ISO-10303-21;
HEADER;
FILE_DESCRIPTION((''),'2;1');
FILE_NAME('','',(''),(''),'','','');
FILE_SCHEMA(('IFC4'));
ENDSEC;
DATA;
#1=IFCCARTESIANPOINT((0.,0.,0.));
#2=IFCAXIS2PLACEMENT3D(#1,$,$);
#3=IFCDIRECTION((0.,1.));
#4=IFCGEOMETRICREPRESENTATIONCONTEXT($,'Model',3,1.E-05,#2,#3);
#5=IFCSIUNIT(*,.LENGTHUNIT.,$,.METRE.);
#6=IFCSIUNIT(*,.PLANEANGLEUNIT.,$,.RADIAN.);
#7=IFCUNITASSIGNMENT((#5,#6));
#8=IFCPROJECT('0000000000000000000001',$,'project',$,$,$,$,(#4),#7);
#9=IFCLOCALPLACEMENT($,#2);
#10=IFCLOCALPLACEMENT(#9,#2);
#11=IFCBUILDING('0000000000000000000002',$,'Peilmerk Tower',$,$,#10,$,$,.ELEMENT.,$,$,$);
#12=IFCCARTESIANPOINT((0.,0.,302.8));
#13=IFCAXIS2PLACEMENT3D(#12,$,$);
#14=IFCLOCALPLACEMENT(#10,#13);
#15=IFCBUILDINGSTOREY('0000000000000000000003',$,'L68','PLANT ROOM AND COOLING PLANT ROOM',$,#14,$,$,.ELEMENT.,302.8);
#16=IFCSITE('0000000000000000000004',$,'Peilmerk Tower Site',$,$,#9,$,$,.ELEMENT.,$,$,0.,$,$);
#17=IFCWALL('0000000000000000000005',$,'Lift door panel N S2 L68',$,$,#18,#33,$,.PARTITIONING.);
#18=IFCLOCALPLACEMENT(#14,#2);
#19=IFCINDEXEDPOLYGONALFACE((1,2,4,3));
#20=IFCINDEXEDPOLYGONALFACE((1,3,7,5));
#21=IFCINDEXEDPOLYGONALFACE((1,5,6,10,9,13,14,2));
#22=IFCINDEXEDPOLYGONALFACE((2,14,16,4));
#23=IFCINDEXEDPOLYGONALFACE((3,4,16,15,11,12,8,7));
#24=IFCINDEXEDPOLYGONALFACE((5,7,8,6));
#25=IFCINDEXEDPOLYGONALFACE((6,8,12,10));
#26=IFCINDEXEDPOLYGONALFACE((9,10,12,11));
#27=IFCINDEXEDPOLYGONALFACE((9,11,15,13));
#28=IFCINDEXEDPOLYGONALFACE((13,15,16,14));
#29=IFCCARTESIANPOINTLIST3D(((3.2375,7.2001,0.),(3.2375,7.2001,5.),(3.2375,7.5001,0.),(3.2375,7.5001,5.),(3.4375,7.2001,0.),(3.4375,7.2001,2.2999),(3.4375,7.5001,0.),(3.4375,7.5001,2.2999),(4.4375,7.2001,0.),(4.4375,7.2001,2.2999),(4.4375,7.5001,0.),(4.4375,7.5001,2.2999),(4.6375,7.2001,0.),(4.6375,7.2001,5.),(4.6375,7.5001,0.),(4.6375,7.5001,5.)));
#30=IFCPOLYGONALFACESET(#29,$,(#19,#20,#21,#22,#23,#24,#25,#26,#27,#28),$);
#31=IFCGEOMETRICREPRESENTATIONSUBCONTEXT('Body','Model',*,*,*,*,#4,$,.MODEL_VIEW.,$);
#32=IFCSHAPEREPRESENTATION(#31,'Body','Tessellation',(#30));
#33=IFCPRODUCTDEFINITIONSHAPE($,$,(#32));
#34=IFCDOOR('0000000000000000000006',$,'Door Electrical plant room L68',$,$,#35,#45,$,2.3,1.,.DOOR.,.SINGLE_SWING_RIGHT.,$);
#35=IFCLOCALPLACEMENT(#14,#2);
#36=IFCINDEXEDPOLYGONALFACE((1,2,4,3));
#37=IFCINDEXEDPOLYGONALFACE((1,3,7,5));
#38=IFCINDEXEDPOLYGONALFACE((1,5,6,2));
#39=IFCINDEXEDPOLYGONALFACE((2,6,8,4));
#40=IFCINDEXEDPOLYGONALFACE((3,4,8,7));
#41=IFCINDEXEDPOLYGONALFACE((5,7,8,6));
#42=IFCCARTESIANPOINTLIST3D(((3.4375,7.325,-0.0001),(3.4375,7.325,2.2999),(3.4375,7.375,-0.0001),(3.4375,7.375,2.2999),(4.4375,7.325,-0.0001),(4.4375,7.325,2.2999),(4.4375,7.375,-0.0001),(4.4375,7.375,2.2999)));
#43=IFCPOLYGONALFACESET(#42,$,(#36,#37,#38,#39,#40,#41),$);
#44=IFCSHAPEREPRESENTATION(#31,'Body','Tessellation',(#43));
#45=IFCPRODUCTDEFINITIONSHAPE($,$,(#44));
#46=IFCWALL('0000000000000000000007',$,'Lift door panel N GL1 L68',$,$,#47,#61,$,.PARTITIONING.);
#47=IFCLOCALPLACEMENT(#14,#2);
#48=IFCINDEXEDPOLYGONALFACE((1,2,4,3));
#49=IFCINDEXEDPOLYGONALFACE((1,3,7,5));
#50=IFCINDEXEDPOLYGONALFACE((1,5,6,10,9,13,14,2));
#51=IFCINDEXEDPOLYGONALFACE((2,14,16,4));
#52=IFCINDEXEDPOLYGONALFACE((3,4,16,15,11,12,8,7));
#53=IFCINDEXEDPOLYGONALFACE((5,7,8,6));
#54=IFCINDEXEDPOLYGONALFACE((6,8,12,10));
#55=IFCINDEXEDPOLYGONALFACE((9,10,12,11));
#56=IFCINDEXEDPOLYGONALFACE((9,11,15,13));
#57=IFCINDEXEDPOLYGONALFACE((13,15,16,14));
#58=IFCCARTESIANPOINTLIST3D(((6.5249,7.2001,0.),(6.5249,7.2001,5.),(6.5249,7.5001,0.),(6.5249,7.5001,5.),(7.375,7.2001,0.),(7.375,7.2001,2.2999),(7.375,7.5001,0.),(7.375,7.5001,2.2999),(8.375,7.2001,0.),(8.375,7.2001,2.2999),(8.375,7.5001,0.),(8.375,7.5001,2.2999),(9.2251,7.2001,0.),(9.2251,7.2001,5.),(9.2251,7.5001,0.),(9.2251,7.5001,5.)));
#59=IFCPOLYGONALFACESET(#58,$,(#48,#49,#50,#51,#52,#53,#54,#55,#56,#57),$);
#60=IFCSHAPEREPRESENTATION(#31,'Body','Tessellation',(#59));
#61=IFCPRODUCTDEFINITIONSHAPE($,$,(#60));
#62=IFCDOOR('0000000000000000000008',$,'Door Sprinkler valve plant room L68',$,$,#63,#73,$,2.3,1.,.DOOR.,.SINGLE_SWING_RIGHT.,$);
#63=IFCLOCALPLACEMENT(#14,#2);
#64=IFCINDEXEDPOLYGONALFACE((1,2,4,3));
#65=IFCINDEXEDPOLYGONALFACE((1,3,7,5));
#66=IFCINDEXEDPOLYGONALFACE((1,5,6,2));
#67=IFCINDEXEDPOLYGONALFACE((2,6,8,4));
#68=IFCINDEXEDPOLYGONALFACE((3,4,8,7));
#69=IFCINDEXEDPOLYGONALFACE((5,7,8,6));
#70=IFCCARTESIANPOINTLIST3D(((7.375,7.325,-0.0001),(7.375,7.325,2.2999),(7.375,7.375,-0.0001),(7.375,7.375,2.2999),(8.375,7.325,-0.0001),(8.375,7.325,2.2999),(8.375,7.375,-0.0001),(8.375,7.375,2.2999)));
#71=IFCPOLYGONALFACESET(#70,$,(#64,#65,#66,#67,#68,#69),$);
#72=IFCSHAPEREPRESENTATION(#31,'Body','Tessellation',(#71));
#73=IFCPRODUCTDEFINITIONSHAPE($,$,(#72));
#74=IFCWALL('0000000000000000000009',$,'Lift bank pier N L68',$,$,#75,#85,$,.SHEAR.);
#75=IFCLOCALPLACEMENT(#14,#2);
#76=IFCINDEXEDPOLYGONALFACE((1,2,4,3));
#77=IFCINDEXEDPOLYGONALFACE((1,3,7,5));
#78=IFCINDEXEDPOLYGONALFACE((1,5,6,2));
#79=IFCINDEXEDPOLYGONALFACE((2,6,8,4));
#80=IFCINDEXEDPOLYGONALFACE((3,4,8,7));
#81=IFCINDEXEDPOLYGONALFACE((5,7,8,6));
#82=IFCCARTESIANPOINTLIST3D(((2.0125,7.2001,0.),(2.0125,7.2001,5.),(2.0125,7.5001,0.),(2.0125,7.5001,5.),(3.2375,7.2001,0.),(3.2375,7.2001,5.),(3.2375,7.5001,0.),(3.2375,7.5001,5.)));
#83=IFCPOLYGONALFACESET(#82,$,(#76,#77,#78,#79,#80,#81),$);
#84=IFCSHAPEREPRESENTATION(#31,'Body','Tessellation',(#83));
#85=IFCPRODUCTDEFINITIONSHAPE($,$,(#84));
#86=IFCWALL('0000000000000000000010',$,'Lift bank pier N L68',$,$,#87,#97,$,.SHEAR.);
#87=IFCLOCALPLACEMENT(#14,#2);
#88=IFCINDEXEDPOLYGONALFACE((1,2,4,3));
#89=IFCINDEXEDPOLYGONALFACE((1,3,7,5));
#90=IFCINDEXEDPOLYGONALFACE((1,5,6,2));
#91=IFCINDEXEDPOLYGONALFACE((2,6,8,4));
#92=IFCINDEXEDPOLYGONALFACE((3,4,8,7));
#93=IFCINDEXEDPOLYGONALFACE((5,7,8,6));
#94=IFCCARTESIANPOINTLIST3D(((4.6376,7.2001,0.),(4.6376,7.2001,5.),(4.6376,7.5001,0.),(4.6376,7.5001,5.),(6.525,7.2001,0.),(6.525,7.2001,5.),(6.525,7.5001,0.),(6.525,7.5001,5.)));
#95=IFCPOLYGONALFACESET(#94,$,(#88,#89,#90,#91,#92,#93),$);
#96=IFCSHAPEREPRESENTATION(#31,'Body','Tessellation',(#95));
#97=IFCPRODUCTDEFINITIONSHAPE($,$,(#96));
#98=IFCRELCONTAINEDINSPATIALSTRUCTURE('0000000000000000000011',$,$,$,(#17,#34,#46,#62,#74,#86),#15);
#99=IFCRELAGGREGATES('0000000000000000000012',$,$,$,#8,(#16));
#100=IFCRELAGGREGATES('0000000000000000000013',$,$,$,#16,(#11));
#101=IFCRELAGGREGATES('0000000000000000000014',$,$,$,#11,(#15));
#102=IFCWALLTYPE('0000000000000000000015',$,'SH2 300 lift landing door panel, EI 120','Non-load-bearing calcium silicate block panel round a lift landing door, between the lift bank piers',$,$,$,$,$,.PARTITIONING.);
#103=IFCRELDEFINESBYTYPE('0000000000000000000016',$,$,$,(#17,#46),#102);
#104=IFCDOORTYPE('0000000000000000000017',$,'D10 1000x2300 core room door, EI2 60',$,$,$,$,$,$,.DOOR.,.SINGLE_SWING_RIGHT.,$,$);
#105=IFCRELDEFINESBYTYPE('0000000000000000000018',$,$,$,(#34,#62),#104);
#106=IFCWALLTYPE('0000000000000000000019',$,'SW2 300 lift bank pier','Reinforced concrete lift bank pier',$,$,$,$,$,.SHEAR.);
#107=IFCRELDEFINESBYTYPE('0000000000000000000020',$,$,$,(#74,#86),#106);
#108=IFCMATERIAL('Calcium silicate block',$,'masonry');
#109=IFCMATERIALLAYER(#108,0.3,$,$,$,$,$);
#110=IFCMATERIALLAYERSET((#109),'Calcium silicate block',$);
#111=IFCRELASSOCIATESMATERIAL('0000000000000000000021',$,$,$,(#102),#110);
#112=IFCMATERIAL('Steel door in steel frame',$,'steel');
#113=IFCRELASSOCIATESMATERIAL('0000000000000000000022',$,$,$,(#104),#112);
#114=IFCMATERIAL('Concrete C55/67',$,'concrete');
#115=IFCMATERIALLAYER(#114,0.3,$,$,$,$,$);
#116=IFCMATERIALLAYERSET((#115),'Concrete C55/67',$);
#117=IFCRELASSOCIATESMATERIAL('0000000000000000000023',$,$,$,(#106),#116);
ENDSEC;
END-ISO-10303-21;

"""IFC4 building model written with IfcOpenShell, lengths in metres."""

from ifc_helpers import new_model, si_unit, direction, frame, frame_2d, origin, place, context, subcontext, project, spatial, rectangle, extrude, material, layer, layer_set, type_object, element, fill, save


model = new_model("IFC4")

# Units and contexts
model_context = context("Model", 3, precision=1e-05, world=origin(), true_north=direction((0.0, 1.0)))
body_context = subcontext(model_context, "Body", "Model", "MODEL_VIEW")
ifc_project = project(units=[si_unit("LENGTHUNIT", "METRE"), si_unit("PLANEANGLEUNIT", "RADIAN")], contexts=[model_context])

# Site, building, storey
site_placement = place(None, origin())
site = spatial("IfcSite", under=ifc_project, at=site_placement, Name="Peilmerk Tower Site", CompositionType="ELEMENT", RefElevation=0.0)
building_placement = place(site_placement, origin())
building = spatial("IfcBuilding", under=site, at=building_placement, Name="Peilmerk Tower", CompositionType="ELEMENT")
storey_placement = place(building_placement, frame((0.0, 0.0, 302.8)))
storey = spatial("IfcBuildingStorey", under=building, at=storey_placement, Name="L68", Description="PLANT ROOM AND COOLING PLANT ROOM", CompositionType="ELEMENT", Elevation=302.8)

# Shared definitions
ifc_material_1 = material(Name="Steel door in steel frame", Category="steel")

# Shared definitions
ifc_material_2 = material(Name="Calcium silicate block", Category="masonry")
ifc_layer_1 = layer(ifc_material_2, 0.3)
ifc_layer_set_1 = layer_set([ifc_layer_1], Name="Calcium silicate block")
wall_type_1 = type_object("IfcWallType", Name="SH2 300 lift landing door panel, EI 120", Description="Non-load-bearing calcium silicate block panel round a lift landing door, between the lift bank piers", PredefinedType="PARTITIONING", material=ifc_layer_set_1)

# Walls, openings, doors
wall_1_placement = place(storey_placement, frame((3.2375, 7.3501, 0.0), z_axis=(0.0, 0.0, 1.0), x_axis=(1.0, 0.0, 0.0)))
wall_1 = element("IfcWall", 1, at=wall_1_placement, inside=storey, type_object=wall_type_1, Name="Lift door panel N S2 L68", PredefinedType="PARTITIONING", context=body_context, shape_type="SweptSolid", body=[
    extrude(rectangle(XDim=1.3999, YDim=0.3, at=frame_2d((0.7, 0.0))), origin(), (0.0, 0.0, 1.0), 5.0),
])
opening_1_placement = place(wall_1_placement, frame((0.2, 0.0, 0.0)))
opening_1 = element("IfcOpeningElement", 2, at=opening_1_placement, cuts=wall_1, PredefinedType="OPENING", context=body_context, shape_type="SweptSolid", body=[
    extrude(rectangle(XDim=1.0, YDim=2.3, at=frame_2d((0.5, 1.1499))), frame((0.0, 0.1599, 0.0), z_axis=(0.0, -1.0, 0.0), x_axis=(1.0, 0.0, 0.0)), (0.0, 0.0, 1.0), 0.3201),
])
door_type_1 = type_object("IfcDoorType", Name="D10 1000x2300 core room door, EI2 60", OperationType="SINGLE_SWING_RIGHT", PredefinedType="DOOR", material=ifc_material_1)
door_1_placement = place(opening_1_placement, origin())
door_1 = element("IfcDoor", 3, at=door_1_placement, inside=storey, type_object=door_type_1, Name="Door Electrical plant room L68", OperationType="SINGLE_SWING_RIGHT", OverallHeight=2.3, OverallWidth=1.0, PredefinedType="DOOR", context=body_context, shape_type="SweptSolid", body=[
    extrude(rectangle(XDim=1.0, YDim=2.3, at=frame_2d((0.5, 1.1499))), frame((0.0, 0.0249, 0.0), z_axis=(0.0, -1.0, 0.0), x_axis=(1.0, 0.0, 0.0)), (0.0, 0.0, 1.0), 0.05),
])
fill(opening_1, door_1)
wall_2_placement = place(storey_placement, frame((6.5249, 7.3501, 0.0), z_axis=(0.0, 0.0, 1.0), x_axis=(1.0, 0.0, 0.0)))
wall_2 = element("IfcWall", 4, at=wall_2_placement, inside=storey, type_object=wall_type_1, Name="Lift door panel N GL1 L68", PredefinedType="PARTITIONING", context=body_context, shape_type="SweptSolid", body=[
    extrude(rectangle(XDim=2.7002, YDim=0.3, at=frame_2d((1.3501, 0.0))), origin(), (0.0, 0.0, 1.0), 5.0),
])
opening_2_placement = place(wall_2_placement, frame((0.8501, 0.0, 0.0)))
opening_2 = element("IfcOpeningElement", 5, at=opening_2_placement, cuts=wall_2, PredefinedType="OPENING", context=body_context, shape_type="SweptSolid", body=[
    extrude(rectangle(XDim=1.0, YDim=2.3, at=frame_2d((0.5, 1.1499))), frame((0.0, 0.1599, 0.0), z_axis=(0.0, -1.0, 0.0), x_axis=(1.0, 0.0, 0.0)), (0.0, 0.0, 1.0), 0.3201),
])
door_2_placement = place(opening_2_placement, origin())
door_2 = element("IfcDoor", 6, at=door_2_placement, inside=storey, type_object=door_type_1, Name="Door Sprinkler valve plant room L68", OperationType="SINGLE_SWING_RIGHT", OverallHeight=2.3, OverallWidth=1.0, PredefinedType="DOOR", context=body_context, shape_type="SweptSolid", body=[
    extrude(rectangle(XDim=1.0, YDim=2.3, at=frame_2d((0.5, 1.1499))), frame((0.0, 0.0249, 0.0), z_axis=(0.0, -1.0, 0.0), x_axis=(1.0, 0.0, 0.0)), (0.0, 0.0, 1.0), 0.05),
])
fill(opening_2, door_2)

# Walls
ifc_material_3 = material(Name="Concrete C55/67", Category="concrete")
ifc_layer_2 = layer(ifc_material_3, 0.3)
ifc_layer_set_2 = layer_set([ifc_layer_2], Name="Concrete C55/67")
wall_type_2 = type_object("IfcWallType", Name="SW2 300 lift bank pier", Description="Reinforced concrete lift bank pier", PredefinedType="SHEAR", material=ifc_layer_set_2)
wall_3_placement = place(storey_placement, frame((2.0125, 7.3501, 0.0), z_axis=(0.0, 0.0, 1.0), x_axis=(1.0, 0.0, 0.0)))
element("IfcWall", 7, at=wall_3_placement, inside=storey, type_object=wall_type_2, Name="Lift bank pier N L68", PredefinedType="SHEAR", context=body_context, shape_type="SweptSolid", body=[
    extrude(rectangle(XDim=1.2251, YDim=0.3, at=frame_2d((0.6125, 0.0))), origin(), (0.0, 0.0, 1.0), 5.0),
])
wall_4_placement = place(storey_placement, frame((4.6375, 7.3501, 0.0), z_axis=(0.0, 0.0, 1.0), x_axis=(1.0, 0.0, 0.0)))
element("IfcWall", 8, at=wall_4_placement, inside=storey, type_object=wall_type_2, Name="Lift bank pier N L68", PredefinedType="SHEAR", context=body_context, shape_type="SweptSolid", body=[
    extrude(rectangle(XDim=1.8875, YDim=0.3, at=frame_2d((0.9438, 0.0))), origin(), (0.0, 0.0, 1.0), 5.0),
])

save(model, "model.ifc")
